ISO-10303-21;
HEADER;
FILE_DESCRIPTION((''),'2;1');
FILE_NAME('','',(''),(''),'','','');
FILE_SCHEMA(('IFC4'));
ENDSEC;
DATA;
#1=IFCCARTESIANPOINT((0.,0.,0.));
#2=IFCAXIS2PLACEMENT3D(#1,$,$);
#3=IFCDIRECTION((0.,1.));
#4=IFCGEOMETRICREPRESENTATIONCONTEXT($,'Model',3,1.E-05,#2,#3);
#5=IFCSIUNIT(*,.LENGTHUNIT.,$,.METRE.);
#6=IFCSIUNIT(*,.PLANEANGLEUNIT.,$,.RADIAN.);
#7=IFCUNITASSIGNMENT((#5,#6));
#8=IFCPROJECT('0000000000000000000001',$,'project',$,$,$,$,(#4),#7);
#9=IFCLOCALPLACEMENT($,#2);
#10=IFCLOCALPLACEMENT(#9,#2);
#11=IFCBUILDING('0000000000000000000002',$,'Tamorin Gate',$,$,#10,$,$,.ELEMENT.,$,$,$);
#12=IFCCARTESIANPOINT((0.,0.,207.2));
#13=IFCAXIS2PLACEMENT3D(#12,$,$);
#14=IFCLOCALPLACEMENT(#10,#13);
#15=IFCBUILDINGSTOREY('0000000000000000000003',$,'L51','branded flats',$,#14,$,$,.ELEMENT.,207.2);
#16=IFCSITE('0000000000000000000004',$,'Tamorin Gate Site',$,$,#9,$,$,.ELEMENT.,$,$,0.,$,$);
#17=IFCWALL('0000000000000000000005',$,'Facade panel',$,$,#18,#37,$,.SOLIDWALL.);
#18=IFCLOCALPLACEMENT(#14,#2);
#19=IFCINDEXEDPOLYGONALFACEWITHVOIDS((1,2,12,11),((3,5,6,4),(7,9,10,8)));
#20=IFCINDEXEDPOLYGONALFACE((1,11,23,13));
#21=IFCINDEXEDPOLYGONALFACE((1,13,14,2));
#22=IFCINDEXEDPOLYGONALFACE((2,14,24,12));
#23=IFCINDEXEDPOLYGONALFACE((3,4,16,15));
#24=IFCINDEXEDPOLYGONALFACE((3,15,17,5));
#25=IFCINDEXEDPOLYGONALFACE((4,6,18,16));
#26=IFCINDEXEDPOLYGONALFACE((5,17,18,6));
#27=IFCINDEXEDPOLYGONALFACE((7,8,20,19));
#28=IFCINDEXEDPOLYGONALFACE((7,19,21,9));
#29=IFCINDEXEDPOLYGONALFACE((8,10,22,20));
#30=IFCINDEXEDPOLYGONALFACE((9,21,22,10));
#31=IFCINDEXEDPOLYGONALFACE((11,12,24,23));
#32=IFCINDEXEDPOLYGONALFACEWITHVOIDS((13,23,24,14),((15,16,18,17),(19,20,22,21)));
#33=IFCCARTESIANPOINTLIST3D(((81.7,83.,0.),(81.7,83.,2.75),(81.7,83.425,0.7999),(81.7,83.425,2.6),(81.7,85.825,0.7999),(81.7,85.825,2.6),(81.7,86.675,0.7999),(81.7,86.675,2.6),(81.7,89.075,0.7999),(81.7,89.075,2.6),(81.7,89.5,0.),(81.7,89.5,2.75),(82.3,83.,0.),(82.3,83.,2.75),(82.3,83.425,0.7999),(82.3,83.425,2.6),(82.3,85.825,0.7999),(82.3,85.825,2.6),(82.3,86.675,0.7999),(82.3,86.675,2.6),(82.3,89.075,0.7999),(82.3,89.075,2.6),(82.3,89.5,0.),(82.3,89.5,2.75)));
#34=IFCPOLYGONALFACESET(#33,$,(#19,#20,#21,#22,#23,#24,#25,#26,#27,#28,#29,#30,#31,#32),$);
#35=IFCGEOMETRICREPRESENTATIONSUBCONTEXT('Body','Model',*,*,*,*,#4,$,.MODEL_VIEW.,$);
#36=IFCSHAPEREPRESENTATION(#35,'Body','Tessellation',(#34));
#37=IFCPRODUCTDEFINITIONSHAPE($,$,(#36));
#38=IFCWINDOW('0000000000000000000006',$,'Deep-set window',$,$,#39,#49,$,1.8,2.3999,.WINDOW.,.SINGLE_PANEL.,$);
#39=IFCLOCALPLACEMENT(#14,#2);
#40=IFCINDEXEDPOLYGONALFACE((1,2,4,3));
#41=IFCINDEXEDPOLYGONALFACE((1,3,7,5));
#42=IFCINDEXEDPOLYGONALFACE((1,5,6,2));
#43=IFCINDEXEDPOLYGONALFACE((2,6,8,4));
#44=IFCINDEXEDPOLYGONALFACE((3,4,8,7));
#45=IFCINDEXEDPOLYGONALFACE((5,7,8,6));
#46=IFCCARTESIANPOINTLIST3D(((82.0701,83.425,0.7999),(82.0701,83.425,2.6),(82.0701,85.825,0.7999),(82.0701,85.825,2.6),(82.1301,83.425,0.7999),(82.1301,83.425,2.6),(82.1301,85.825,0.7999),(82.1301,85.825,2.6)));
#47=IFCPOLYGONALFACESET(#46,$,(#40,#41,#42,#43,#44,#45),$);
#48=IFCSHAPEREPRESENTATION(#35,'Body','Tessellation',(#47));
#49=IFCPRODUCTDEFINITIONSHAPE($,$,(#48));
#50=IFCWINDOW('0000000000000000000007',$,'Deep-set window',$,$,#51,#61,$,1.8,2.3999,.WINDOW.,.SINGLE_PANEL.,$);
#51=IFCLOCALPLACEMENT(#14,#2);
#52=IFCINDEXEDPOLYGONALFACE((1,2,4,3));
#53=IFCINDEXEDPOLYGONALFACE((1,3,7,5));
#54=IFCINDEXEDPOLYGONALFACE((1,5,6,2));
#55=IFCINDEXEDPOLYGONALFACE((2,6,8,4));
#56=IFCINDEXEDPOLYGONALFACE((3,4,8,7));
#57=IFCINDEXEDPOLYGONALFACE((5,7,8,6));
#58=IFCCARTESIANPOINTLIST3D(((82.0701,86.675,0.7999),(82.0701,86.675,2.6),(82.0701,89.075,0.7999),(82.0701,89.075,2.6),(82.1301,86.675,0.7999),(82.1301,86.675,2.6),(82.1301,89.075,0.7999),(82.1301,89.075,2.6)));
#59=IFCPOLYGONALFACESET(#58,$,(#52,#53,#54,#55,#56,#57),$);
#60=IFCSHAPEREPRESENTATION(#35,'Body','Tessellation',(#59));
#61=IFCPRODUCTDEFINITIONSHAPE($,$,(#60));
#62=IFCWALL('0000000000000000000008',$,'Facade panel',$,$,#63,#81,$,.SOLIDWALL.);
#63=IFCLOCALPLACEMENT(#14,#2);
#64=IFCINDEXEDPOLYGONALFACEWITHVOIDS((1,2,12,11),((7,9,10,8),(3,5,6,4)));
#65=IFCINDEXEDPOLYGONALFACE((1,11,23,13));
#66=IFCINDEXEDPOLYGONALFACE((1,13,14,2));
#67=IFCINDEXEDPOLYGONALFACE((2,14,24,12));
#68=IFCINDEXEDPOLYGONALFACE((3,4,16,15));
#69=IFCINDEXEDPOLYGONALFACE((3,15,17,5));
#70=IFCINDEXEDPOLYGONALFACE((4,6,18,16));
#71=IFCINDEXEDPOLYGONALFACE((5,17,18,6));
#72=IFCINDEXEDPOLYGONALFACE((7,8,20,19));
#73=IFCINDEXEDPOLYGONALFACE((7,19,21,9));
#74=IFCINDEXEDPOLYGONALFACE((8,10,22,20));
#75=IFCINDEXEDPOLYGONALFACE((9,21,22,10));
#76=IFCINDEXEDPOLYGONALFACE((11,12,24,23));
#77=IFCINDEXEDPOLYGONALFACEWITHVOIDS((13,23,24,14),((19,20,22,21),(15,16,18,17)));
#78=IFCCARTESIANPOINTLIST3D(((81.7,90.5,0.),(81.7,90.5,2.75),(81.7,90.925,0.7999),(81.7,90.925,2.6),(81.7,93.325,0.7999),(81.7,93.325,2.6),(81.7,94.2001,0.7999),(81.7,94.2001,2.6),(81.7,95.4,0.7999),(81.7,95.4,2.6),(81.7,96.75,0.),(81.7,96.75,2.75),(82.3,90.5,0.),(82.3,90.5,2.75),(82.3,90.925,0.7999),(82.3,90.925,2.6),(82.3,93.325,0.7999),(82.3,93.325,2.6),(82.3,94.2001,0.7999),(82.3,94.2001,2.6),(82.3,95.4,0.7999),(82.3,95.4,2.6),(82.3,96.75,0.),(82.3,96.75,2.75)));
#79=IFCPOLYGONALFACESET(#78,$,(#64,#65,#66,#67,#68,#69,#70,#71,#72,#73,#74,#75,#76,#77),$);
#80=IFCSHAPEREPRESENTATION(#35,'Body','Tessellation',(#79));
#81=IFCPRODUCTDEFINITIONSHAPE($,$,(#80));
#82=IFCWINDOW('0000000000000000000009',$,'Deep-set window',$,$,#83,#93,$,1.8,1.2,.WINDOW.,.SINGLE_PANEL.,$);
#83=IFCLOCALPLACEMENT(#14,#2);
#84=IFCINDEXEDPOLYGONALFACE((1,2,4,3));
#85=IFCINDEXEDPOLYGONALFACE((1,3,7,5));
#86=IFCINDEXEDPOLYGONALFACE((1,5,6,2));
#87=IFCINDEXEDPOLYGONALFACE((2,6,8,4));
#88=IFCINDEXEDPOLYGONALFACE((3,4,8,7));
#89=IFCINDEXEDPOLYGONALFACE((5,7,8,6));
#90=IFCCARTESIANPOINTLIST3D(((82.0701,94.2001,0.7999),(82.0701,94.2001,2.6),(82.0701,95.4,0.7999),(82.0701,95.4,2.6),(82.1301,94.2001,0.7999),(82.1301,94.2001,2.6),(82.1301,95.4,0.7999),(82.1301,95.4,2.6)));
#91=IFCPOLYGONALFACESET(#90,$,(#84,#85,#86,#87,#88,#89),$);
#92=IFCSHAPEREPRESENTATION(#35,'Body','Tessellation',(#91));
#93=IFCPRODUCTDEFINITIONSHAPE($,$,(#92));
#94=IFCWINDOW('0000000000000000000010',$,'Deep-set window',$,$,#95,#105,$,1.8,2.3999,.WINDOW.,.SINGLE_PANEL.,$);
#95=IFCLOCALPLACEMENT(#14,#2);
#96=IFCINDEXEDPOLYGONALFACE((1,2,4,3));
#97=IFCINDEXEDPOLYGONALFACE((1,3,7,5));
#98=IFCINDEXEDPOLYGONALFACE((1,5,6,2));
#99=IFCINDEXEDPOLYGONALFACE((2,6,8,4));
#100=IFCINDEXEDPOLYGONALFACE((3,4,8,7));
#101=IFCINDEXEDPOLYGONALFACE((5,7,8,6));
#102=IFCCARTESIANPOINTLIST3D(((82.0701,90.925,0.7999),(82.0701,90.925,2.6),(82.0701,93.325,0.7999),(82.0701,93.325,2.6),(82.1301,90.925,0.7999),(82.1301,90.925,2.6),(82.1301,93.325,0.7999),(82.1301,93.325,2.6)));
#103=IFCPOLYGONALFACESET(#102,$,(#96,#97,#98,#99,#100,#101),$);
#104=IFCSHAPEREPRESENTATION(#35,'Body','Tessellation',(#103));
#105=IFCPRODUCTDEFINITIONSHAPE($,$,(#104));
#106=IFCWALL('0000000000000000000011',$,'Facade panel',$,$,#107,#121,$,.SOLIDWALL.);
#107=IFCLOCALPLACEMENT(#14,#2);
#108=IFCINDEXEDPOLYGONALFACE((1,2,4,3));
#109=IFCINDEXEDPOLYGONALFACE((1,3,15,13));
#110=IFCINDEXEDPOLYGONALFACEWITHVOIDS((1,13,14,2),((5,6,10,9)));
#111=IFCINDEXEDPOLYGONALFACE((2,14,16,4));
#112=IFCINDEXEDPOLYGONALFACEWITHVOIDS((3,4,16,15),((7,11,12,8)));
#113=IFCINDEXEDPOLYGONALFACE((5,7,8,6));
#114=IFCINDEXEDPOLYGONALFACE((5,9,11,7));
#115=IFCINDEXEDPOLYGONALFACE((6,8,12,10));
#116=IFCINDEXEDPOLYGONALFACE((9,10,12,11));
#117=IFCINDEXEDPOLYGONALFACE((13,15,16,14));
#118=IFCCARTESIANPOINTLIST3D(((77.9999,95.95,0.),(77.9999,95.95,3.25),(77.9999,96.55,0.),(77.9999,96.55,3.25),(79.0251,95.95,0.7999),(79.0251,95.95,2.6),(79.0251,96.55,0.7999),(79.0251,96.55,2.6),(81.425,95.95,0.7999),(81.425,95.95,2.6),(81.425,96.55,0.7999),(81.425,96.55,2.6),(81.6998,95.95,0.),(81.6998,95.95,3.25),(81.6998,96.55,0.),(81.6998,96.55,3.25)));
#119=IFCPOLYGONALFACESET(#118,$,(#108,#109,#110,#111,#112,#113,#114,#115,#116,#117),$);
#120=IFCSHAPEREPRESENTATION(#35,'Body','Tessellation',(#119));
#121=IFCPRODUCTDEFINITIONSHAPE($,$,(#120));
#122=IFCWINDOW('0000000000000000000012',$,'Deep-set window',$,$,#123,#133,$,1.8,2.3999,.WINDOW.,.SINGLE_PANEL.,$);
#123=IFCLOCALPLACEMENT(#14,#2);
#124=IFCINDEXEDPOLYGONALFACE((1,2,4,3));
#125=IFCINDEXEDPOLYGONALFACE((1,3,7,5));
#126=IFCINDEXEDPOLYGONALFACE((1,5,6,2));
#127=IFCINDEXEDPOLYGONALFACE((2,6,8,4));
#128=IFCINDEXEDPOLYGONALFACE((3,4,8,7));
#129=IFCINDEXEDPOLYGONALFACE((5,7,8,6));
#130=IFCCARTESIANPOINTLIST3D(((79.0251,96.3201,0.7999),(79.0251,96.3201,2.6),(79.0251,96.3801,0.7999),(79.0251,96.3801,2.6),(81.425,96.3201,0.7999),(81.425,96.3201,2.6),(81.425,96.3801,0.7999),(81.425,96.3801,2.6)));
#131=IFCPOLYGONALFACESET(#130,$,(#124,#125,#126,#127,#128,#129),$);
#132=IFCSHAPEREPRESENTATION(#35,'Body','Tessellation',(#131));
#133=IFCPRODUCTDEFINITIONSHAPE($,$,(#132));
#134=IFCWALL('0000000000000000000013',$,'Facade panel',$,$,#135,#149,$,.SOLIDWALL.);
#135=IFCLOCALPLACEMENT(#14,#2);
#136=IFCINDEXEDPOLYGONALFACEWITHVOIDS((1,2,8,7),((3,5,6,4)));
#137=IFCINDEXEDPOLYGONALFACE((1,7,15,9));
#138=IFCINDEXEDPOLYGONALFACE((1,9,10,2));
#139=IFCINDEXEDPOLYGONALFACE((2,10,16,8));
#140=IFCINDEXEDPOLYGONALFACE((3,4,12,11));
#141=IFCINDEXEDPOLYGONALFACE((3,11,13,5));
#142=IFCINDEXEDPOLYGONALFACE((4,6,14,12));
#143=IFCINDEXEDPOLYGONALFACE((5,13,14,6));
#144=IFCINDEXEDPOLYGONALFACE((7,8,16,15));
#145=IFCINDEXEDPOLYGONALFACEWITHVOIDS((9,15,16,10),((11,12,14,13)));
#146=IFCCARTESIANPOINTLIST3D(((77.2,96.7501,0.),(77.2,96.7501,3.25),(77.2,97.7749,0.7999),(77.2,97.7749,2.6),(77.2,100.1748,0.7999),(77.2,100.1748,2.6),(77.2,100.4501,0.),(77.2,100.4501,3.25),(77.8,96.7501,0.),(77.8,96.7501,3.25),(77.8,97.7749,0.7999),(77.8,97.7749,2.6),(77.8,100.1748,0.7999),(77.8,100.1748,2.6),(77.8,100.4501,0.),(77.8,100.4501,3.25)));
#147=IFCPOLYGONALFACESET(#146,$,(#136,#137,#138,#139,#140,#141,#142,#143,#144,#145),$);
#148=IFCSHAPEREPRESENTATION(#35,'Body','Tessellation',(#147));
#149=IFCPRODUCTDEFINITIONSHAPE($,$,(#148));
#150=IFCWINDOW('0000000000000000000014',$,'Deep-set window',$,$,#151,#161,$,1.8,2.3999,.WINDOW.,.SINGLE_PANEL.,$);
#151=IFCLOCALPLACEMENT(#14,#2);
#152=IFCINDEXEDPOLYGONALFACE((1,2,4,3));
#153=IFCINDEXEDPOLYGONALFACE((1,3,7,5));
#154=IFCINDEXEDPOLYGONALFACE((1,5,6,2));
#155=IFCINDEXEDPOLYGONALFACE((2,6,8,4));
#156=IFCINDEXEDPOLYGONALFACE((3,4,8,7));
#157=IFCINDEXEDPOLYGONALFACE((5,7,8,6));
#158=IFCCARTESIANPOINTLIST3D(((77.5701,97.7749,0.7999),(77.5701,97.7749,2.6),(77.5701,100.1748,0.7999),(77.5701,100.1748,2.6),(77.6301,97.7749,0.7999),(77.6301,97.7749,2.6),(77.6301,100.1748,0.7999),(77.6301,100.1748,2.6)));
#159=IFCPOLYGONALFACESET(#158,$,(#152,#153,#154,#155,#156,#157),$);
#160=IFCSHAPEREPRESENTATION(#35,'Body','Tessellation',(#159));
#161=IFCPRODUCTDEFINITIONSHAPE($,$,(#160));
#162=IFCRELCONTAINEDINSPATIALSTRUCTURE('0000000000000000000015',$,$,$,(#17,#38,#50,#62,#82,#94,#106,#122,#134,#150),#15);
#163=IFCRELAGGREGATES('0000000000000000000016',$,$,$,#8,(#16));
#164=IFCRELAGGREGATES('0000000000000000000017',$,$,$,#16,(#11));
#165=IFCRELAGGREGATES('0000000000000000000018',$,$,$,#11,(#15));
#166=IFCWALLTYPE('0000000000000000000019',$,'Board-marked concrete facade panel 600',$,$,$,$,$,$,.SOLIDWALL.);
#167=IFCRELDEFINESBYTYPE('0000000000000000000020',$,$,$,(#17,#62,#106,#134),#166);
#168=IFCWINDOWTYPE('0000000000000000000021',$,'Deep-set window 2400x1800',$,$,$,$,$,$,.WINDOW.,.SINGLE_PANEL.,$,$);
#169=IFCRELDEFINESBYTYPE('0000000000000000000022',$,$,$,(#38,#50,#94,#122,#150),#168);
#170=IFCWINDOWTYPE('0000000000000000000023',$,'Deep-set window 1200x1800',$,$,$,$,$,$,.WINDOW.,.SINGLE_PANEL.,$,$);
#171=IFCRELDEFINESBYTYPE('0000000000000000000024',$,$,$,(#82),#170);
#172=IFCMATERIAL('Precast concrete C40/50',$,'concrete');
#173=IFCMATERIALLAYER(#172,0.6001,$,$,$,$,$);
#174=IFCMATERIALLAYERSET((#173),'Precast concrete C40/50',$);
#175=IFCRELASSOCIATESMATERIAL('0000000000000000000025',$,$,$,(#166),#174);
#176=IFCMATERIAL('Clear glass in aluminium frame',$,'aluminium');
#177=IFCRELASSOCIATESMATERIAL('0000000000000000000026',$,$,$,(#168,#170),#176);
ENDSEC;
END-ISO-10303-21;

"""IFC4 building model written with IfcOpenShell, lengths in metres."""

from ifc_helpers import new_model, si_unit, direction, frame, frame_2d, origin, place, context, subcontext, project, spatial, rectangle, extrude, material, layer, layer_set, type_object, element, fill, save


model = new_model("IFC4")

# Units and contexts
model_context = context("Model", 3, precision=1e-05, world=origin(), true_north=direction((0.0, 1.0)))
body_context = subcontext(model_context, "Body", "Model", "MODEL_VIEW")
ifc_project = project(units=[si_unit("LENGTHUNIT", "METRE"), si_unit("PLANEANGLEUNIT", "RADIAN")], contexts=[model_context])

# Site, building, storey
site_placement = place(None, origin())
site = spatial("IfcSite", under=ifc_project, at=site_placement, Name="Tamorin Gate Site", CompositionType="ELEMENT", RefElevation=0.0)
building_placement = place(site_placement, origin())
building = spatial("IfcBuilding", under=site, at=building_placement, Name="Tamorin Gate", CompositionType="ELEMENT")
storey_placement = place(building_placement, frame((0.0, 0.0, 207.2)))
storey = spatial("IfcBuildingStorey", under=building, at=storey_placement, Name="L51", Description="branded flats", CompositionType="ELEMENT", Elevation=207.2)

# Walls, openings, windows
ifc_material_1 = material(Name="Precast concrete C40/50", Category="concrete")
ifc_layer = layer(ifc_material_1, 0.6001)
ifc_layer_set = layer_set([ifc_layer], Name="Precast concrete C40/50")
wall_type = type_object("IfcWallType", Name="Board-marked concrete facade panel 600", PredefinedType="SOLIDWALL", material=ifc_layer_set)
wall_1_placement = place(storey_placement, frame((82.0, 83.0, 0.0), z_axis=(0.0, 0.0, 1.0), x_axis=(0.0, 1.0, 0.0)))
wall_1 = element("IfcWall", 1, at=wall_1_placement, inside=storey, type_object=wall_type, Name="Facade panel", PredefinedType="SOLIDWALL", context=body_context, shape_type="SweptSolid", body=[
    extrude(rectangle(XDim=6.5, YDim=0.6001, at=frame_2d((3.25, 0.0))), origin(), (0.0, 0.0, 1.0), 2.75),
])
opening_1_placement = place(wall_1_placement, frame((0.425, 0.0, 0.8)))
opening_1 = element("IfcOpeningElement", 2, at=opening_1_placement, cuts=wall_1, PredefinedType="OPENING", context=body_context, shape_type="SweptSolid", body=[
    extrude(rectangle(XDim=2.3999, YDim=1.8, at=frame_2d((1.2, 0.8999))), frame((0.0, 0.3101, 0.0), z_axis=(0.0, -1.0, 0.0), x_axis=(1.0, 0.0, 0.0)), (0.0, 0.0, 1.0), 0.6201),
])
opening_2_placement = place(wall_1_placement, frame((3.675, 0.0, 0.8)))
opening_2 = element("IfcOpeningElement", 3, at=opening_2_placement, cuts=wall_1, PredefinedType="OPENING", context=body_context, shape_type="SweptSolid", body=[
    extrude(rectangle(XDim=2.3999, YDim=1.8, at=frame_2d((1.2, 0.8999))), frame((0.0, 0.3101, 0.0), z_axis=(0.0, -1.0, 0.0), x_axis=(1.0, 0.0, 0.0)), (0.0, 0.0, 1.0), 0.6201),
])
ifc_material_2 = material(Name="Clear glass in aluminium frame", Category="aluminium")
window_type_1 = type_object("IfcWindowType", Name="Deep-set window 2400x1800", PartitioningType="SINGLE_PANEL", PredefinedType="WINDOW", material=ifc_material_2)
window_1_placement = place(opening_1_placement, origin())
window_1 = element("IfcWindow", 4, at=window_1_placement, inside=storey, type_object=window_type_1, Name="Deep-set window", OverallHeight=1.8, OverallWidth=2.3999, PartitioningType="SINGLE_PANEL", PredefinedType="WINDOW", context=body_context, shape_type="SweptSolid", body=[
    extrude(rectangle(XDim=2.3999, YDim=1.8, at=frame_2d((1.2, 0.8999))), frame((0.0, -0.0701, 0.0), z_axis=(0.0, -1.0, 0.0), x_axis=(1.0, 0.0, 0.0)), (0.0, 0.0, 1.0), 0.0601),
])
fill(opening_1, window_1)
window_2_placement = place(opening_2_placement, origin())
window_2 = element("IfcWindow", 5, at=window_2_placement, inside=storey, type_object=window_type_1, Name="Deep-set window", OverallHeight=1.8, OverallWidth=2.3999, PartitioningType="SINGLE_PANEL", PredefinedType="WINDOW", context=body_context, shape_type="SweptSolid", body=[
    extrude(rectangle(XDim=2.3999, YDim=1.8, at=frame_2d((1.2, 0.8999))), frame((0.0, -0.0701, 0.0), z_axis=(0.0, -1.0, 0.0), x_axis=(1.0, 0.0, 0.0)), (0.0, 0.0, 1.0), 0.0601),
])
fill(opening_2, window_2)
wall_2_placement = place(storey_placement, frame((82.0, 90.5, 0.0), z_axis=(0.0, 0.0, 1.0), x_axis=(0.0, 1.0, 0.0)))
wall_2 = element("IfcWall", 6, at=wall_2_placement, inside=storey, type_object=wall_type, Name="Facade panel", PredefinedType="SOLIDWALL", context=body_context, shape_type="SweptSolid", body=[
    extrude(rectangle(XDim=6.25, YDim=0.6001, at=frame_2d((3.125, 0.0))), origin(), (0.0, 0.0, 1.0), 2.75),
])
opening_3_placement = place(wall_2_placement, frame((0.425, 0.0, 0.8)))
opening_3 = element("IfcOpeningElement", 7, at=opening_3_placement, cuts=wall_2, PredefinedType="OPENING", context=body_context, shape_type="SweptSolid", body=[
    extrude(rectangle(XDim=2.3999, YDim=1.8, at=frame_2d((1.2, 0.8999))), frame((0.0, 0.3101, 0.0), z_axis=(0.0, -1.0, 0.0), x_axis=(1.0, 0.0, 0.0)), (0.0, 0.0, 1.0), 0.6201),
])
opening_4_placement = place(wall_2_placement, frame((3.7, 0.0, 0.8)))
opening_4 = element("IfcOpeningElement", 8, at=opening_4_placement, cuts=wall_2, PredefinedType="OPENING", context=body_context, shape_type="SweptSolid", body=[
    extrude(rectangle(XDim=1.2, YDim=1.8, at=frame_2d((0.6001, 0.8999))), frame((0.0, 0.3101, 0.0), z_axis=(0.0, -1.0, 0.0), x_axis=(1.0, 0.0, 0.0)), (0.0, 0.0, 1.0), 0.6201),
])
window_type_2 = type_object("IfcWindowType", Name="Deep-set window 1200x1800", PartitioningType="SINGLE_PANEL", PredefinedType="WINDOW", material=ifc_material_2)
window_3_placement = place(opening_4_placement, origin())
window_3 = element("IfcWindow", 9, at=window_3_placement, inside=storey, type_object=window_type_2, Name="Deep-set window", OverallHeight=1.8, OverallWidth=1.2, PartitioningType="SINGLE_PANEL", PredefinedType="WINDOW", context=body_context, shape_type="SweptSolid", body=[
    extrude(rectangle(XDim=1.2, YDim=1.8, at=frame_2d((0.6001, 0.8999))), frame((0.0, -0.0701, 0.0), z_axis=(0.0, -1.0, 0.0), x_axis=(1.0, 0.0, 0.0)), (0.0, 0.0, 1.0), 0.0601),
])
fill(opening_4, window_3)
window_4_placement = place(opening_3_placement, origin())
window_4 = element("IfcWindow", 10, at=window_4_placement, inside=storey, type_object=window_type_1, Name="Deep-set window", OverallHeight=1.8, OverallWidth=2.3999, PartitioningType="SINGLE_PANEL", PredefinedType="WINDOW", context=body_context, shape_type="SweptSolid", body=[
    extrude(rectangle(XDim=2.3999, YDim=1.8, at=frame_2d((1.2, 0.8999))), frame((0.0, -0.0701, 0.0), z_axis=(0.0, -1.0, 0.0), x_axis=(1.0, 0.0, 0.0)), (0.0, 0.0, 1.0), 0.0601),
])
fill(opening_3, window_4)

# Walls, openings, windows
wall_3_placement = place(storey_placement, frame((81.7, 96.25, 0.0), z_axis=(0.0, 0.0, 1.0), x_axis=(-1.0, 0.0, 0.0)))
wall_3 = element("IfcWall", 11, at=wall_3_placement, inside=storey, type_object=wall_type, Name="Facade panel", PredefinedType="SOLIDWALL", context=body_context, shape_type="SweptSolid", body=[
    extrude(rectangle(XDim=3.7, YDim=0.6001, at=frame_2d((1.8501, 0.0))), origin(), (0.0, 0.0, 1.0), 3.25),
])
opening_5_placement = place(wall_3_placement, frame((0.2749, 0.0, 0.8)))
opening_5 = element("IfcOpeningElement", 12, at=opening_5_placement, cuts=wall_3, PredefinedType="OPENING", context=body_context, shape_type="SweptSolid", body=[
    extrude(rectangle(XDim=2.3999, YDim=1.8, at=frame_2d((1.2, 0.8999))), frame((0.0, 0.3101, 0.0), z_axis=(0.0, -1.0, 0.0), x_axis=(1.0, 0.0, 0.0)), (0.0, 0.0, 1.0), 0.6201),
])
window_5_placement = place(opening_5_placement, origin())
window_5 = element("IfcWindow", 13, at=window_5_placement, inside=storey, type_object=window_type_1, Name="Deep-set window", OverallHeight=1.8, OverallWidth=2.3999, PartitioningType="SINGLE_PANEL", PredefinedType="WINDOW", context=body_context, shape_type="SweptSolid", body=[
    extrude(rectangle(XDim=2.3999, YDim=1.8, at=frame_2d((1.2, 0.8999))), frame((0.0, -0.0701, 0.0), z_axis=(0.0, -1.0, 0.0), x_axis=(1.0, 0.0, 0.0)), (0.0, 0.0, 1.0), 0.0601),
])
fill(opening_5, window_5)
wall_4_placement = place(storey_placement, frame((77.5, 96.75, 0.0), z_axis=(0.0, 0.0, 1.0), x_axis=(0.0, 1.0, 0.0)))
wall_4 = element("IfcWall", 14, at=wall_4_placement, inside=storey, type_object=wall_type, Name="Facade panel", PredefinedType="SOLIDWALL", context=body_context, shape_type="SweptSolid", body=[
    extrude(rectangle(XDim=3.7, YDim=0.6001, at=frame_2d((1.8501, 0.0))), origin(), (0.0, 0.0, 1.0), 3.25),
])
opening_6_placement = place(wall_4_placement, frame((1.0249, 0.0, 0.8)))
opening_6 = element("IfcOpeningElement", 15, at=opening_6_placement, cuts=wall_4, PredefinedType="OPENING", context=body_context, shape_type="SweptSolid", body=[
    extrude(rectangle(XDim=2.3999, YDim=1.8, at=frame_2d((1.2, 0.8999))), frame((0.0, 0.3101, 0.0), z_axis=(0.0, -1.0, 0.0), x_axis=(1.0, 0.0, 0.0)), (0.0, 0.0, 1.0), 0.6201),
])
window_6_placement = place(opening_6_placement, origin())
window_6 = element("IfcWindow", 16, at=window_6_placement, inside=storey, type_object=window_type_1, Name="Deep-set window", OverallHeight=1.8, OverallWidth=2.3999, PartitioningType="SINGLE_PANEL", PredefinedType="WINDOW", context=body_context, shape_type="SweptSolid", body=[
    extrude(rectangle(XDim=2.3999, YDim=1.8, at=frame_2d((1.2, 0.8999))), frame((0.0, -0.0701, 0.0), z_axis=(0.0, -1.0, 0.0), x_axis=(1.0, 0.0, 0.0)), (0.0, 0.0, 1.0), 0.0601),
])
fill(opening_6, window_6)

save(model, "model.ifc")
